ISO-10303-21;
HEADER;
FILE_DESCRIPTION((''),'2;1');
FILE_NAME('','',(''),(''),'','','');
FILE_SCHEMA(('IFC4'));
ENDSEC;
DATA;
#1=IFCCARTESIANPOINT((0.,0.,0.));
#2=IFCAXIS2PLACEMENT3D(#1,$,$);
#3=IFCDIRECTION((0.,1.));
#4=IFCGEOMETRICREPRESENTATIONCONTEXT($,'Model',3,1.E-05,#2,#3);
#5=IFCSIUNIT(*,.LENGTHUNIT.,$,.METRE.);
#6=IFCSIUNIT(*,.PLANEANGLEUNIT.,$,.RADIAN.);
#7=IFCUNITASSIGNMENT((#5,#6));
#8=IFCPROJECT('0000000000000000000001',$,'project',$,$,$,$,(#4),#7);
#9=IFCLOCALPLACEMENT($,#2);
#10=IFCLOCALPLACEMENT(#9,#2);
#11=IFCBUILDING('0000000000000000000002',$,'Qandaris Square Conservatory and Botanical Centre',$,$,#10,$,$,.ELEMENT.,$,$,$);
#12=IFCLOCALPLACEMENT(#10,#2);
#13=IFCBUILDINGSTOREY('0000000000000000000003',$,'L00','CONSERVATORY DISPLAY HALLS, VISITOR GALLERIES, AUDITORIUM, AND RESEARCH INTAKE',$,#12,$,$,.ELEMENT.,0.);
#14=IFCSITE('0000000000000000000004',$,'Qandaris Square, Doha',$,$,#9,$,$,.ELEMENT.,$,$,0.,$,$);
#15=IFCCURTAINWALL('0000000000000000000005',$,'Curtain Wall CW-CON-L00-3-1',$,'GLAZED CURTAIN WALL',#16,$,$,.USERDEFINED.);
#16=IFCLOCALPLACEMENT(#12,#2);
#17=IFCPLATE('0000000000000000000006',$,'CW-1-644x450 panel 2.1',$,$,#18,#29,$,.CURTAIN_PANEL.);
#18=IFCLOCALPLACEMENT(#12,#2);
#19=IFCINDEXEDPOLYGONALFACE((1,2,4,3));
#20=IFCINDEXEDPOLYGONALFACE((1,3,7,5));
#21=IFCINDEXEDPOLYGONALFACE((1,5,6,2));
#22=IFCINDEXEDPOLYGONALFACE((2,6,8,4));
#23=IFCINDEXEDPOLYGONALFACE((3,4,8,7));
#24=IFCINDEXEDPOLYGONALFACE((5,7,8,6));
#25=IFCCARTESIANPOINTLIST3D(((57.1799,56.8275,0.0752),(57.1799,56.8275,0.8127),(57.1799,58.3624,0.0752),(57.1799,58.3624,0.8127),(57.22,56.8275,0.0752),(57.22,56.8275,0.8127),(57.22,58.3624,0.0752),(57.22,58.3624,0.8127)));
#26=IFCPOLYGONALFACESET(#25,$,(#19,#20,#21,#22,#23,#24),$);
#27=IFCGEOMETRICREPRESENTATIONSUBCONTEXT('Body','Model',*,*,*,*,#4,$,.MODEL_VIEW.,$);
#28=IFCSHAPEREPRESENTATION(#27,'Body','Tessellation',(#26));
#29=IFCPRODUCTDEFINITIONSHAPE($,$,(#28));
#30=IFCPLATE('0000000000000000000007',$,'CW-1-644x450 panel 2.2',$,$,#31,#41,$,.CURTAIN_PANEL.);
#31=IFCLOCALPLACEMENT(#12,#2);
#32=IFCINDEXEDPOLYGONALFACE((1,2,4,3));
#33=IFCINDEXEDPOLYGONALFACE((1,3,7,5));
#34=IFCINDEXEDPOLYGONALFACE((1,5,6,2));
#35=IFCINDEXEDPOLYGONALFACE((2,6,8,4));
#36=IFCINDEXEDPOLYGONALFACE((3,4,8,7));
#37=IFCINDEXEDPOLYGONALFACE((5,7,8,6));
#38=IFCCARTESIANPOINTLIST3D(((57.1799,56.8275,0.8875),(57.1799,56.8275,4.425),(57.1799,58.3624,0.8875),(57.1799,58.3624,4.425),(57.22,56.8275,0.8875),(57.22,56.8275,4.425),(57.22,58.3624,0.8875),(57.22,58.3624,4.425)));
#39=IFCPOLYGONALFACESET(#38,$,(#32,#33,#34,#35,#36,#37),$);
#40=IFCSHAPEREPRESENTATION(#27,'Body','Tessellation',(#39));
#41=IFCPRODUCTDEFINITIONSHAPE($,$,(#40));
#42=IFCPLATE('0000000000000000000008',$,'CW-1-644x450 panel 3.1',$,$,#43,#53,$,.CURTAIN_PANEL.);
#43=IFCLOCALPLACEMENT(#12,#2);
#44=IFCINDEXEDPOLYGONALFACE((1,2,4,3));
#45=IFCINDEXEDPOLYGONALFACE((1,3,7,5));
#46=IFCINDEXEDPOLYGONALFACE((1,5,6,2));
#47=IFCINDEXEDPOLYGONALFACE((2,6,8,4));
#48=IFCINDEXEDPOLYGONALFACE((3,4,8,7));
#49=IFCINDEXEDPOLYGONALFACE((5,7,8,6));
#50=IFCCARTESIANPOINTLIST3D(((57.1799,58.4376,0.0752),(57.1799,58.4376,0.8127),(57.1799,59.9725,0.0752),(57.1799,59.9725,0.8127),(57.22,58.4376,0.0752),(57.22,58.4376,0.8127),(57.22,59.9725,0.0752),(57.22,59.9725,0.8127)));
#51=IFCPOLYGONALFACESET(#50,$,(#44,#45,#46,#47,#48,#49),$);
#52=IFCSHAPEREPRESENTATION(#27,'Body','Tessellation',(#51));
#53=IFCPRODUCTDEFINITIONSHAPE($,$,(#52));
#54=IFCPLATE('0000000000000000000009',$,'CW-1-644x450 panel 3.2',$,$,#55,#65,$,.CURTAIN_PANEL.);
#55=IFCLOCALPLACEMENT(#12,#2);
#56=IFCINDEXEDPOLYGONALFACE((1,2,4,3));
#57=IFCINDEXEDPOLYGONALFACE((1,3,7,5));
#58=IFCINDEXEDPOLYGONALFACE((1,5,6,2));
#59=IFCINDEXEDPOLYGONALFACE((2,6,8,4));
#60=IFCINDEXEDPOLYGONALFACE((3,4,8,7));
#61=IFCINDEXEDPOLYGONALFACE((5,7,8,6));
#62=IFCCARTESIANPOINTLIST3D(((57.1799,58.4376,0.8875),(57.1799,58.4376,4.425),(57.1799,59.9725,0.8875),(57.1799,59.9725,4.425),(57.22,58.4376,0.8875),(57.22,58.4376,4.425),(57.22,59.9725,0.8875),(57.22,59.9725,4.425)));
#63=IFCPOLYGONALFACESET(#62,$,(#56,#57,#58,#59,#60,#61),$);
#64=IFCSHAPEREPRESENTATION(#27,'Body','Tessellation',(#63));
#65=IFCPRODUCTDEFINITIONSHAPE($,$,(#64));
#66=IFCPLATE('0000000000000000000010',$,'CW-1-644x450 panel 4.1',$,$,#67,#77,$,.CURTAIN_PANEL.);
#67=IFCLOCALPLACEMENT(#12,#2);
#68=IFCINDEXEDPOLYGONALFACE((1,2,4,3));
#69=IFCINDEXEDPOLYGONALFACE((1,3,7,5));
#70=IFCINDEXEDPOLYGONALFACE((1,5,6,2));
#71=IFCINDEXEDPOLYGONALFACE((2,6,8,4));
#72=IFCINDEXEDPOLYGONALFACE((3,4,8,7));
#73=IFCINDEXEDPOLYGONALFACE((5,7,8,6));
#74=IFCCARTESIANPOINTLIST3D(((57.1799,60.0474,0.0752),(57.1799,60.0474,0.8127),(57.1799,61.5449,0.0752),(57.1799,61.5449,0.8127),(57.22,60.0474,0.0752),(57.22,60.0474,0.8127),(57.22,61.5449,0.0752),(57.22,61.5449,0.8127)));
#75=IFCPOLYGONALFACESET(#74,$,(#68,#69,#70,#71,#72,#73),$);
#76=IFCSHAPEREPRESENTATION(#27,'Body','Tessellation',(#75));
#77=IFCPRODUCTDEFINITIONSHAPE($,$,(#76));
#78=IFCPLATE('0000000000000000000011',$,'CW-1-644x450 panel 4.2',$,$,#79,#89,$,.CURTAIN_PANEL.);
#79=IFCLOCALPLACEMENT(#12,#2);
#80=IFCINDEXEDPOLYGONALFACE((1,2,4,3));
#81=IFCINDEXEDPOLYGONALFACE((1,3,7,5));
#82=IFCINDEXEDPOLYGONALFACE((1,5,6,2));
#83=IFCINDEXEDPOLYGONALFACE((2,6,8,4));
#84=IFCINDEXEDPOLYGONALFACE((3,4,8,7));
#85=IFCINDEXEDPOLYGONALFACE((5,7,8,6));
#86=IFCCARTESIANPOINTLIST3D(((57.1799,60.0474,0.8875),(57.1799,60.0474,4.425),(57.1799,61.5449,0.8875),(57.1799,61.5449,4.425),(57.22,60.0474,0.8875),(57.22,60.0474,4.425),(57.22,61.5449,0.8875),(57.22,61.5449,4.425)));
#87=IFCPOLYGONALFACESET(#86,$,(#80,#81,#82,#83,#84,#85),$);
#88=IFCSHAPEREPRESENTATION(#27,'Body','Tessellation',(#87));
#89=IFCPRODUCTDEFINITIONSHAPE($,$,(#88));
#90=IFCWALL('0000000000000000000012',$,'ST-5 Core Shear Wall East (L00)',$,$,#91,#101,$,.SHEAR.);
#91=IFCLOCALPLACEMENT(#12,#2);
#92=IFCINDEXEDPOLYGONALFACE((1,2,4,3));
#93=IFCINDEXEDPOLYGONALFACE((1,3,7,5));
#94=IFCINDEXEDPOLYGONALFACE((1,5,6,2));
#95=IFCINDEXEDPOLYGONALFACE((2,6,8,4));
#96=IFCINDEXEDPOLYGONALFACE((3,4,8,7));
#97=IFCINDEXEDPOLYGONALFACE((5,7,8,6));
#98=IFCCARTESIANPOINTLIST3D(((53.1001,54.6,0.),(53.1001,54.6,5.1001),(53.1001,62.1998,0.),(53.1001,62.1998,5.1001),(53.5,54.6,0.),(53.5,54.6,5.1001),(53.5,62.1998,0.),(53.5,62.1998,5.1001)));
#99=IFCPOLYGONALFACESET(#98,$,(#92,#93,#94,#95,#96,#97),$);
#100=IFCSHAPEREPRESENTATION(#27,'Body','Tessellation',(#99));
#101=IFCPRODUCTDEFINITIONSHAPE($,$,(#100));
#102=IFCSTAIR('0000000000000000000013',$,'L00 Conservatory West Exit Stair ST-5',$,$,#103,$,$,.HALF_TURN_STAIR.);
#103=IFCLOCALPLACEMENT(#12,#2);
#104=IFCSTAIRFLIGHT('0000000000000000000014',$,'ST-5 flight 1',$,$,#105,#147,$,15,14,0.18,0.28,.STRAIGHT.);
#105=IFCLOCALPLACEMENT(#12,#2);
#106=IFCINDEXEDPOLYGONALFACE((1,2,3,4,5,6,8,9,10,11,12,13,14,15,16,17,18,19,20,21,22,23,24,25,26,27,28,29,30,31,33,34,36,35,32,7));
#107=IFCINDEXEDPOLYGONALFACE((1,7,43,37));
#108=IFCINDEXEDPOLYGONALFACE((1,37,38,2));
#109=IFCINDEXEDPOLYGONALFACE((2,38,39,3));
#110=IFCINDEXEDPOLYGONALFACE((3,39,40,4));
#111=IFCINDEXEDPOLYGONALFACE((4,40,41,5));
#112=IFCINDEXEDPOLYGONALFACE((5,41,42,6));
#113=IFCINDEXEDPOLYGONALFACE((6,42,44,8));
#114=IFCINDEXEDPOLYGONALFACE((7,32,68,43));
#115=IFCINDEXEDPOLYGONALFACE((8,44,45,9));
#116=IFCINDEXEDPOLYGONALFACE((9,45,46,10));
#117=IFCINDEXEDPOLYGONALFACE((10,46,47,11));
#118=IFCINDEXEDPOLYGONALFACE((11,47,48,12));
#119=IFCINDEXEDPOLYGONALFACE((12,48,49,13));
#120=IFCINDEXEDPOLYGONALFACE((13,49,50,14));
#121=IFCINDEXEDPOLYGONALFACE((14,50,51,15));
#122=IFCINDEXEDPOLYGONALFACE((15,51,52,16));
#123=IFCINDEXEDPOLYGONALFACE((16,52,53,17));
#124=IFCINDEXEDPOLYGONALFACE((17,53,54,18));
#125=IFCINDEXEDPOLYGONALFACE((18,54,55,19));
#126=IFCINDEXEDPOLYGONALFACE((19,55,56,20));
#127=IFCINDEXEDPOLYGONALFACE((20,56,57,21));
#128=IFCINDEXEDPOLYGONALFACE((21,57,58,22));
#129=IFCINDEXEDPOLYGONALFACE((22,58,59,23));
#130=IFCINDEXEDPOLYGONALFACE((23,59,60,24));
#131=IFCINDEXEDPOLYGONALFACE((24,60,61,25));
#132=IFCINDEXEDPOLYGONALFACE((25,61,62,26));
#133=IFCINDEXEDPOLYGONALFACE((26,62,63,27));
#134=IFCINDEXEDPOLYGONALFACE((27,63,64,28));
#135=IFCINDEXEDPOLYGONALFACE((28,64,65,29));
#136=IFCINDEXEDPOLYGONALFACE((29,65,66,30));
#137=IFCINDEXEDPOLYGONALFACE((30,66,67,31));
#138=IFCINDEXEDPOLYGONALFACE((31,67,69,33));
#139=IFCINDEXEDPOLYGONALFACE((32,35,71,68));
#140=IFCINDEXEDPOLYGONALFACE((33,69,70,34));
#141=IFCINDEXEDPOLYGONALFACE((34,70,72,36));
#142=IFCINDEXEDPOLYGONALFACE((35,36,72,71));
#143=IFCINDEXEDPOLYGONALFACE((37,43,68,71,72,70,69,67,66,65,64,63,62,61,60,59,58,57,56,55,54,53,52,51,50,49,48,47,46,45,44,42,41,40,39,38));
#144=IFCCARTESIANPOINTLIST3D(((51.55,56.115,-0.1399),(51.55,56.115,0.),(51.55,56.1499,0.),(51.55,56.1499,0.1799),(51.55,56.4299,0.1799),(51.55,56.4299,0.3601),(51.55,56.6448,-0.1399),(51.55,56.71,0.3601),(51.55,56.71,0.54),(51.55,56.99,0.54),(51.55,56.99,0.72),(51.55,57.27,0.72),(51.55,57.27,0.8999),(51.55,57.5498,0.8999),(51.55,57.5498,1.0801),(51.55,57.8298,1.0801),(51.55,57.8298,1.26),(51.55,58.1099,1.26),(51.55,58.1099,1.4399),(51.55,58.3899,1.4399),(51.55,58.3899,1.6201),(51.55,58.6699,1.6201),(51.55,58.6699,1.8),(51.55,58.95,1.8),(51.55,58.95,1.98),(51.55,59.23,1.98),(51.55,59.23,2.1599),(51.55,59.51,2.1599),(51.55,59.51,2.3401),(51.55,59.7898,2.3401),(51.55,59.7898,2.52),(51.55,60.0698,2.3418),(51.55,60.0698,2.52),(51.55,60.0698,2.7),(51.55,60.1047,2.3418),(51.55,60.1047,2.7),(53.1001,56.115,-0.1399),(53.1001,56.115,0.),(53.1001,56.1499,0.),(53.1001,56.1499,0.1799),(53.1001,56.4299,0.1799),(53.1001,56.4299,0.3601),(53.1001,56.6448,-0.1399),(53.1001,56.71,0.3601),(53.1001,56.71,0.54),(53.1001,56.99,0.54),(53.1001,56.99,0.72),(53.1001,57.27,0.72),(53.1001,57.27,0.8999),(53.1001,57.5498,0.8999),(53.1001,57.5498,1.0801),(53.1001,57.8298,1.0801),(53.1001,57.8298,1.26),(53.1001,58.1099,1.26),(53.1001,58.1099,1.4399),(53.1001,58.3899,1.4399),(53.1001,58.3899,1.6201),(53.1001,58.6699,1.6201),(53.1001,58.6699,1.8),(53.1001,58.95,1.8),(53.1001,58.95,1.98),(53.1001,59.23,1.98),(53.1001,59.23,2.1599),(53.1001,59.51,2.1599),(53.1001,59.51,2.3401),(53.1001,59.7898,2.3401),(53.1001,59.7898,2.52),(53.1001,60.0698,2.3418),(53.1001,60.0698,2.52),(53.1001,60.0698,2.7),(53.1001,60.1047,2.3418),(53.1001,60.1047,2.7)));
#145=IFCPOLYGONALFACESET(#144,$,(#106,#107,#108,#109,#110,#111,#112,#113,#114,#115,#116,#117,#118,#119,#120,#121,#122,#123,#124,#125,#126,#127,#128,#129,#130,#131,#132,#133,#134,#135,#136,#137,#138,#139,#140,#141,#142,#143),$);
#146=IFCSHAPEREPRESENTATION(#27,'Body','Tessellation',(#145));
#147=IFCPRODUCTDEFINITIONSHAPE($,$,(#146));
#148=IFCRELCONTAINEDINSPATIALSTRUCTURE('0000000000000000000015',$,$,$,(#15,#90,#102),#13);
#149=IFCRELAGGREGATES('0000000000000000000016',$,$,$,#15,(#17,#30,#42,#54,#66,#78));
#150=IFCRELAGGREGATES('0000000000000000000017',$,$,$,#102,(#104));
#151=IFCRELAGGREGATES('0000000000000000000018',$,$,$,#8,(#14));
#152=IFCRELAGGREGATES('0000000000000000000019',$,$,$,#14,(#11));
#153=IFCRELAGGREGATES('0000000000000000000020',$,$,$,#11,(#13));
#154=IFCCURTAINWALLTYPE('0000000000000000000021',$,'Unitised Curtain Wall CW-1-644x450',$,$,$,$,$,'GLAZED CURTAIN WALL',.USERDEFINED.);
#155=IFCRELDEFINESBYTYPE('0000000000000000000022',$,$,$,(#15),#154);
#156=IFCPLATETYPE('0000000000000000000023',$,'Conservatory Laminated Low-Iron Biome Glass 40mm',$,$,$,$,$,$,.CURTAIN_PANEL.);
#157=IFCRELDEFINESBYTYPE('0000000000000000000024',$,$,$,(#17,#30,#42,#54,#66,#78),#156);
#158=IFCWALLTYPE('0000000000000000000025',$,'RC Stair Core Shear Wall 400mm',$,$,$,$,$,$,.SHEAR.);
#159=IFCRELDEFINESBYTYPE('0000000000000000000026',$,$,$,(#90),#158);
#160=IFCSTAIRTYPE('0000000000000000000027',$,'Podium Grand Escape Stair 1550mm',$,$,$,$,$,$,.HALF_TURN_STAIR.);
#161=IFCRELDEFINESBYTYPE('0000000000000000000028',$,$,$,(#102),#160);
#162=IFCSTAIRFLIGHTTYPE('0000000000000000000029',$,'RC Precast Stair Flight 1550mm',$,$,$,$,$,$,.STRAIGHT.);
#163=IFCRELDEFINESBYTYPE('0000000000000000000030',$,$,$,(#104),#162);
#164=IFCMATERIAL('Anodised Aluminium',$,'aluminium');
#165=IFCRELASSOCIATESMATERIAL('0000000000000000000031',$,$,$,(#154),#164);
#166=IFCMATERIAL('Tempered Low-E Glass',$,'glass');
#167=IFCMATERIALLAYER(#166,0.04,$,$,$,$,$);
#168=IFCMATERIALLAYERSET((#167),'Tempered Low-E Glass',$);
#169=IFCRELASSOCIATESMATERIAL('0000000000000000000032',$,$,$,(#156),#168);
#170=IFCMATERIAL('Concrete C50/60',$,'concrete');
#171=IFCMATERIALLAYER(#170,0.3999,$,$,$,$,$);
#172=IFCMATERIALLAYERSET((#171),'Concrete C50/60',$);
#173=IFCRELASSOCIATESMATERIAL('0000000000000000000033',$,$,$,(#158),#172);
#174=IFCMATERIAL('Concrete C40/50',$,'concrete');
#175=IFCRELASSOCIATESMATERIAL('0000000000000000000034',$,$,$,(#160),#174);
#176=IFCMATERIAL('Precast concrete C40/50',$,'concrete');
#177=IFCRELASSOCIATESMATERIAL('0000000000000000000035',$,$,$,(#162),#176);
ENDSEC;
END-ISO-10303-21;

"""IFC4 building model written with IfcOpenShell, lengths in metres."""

from ifc_helpers import new_model, si_unit, direction, frame, frame_2d, origin, origin_2d, place, context, subcontext, project, spatial, polyline, rectangle, outline, extrude, material, layer, layer_set, type_object, element, aggregate, save


model = new_model("IFC4")

# Units and contexts
model_context = context("Model", 3, precision=1e-05, world=origin(), true_north=direction((0.0, 1.0)))
body_context = subcontext(model_context, "Body", "Model", "MODEL_VIEW")
ifc_project = project(units=[si_unit("LENGTHUNIT", "METRE"), si_unit("PLANEANGLEUNIT", "RADIAN")], contexts=[model_context])

# Site, building, storey
site_placement = place(None, origin())
site = spatial("IfcSite", under=ifc_project, at=site_placement, Name="Qandaris Square, Doha", CompositionType="ELEMENT", RefElevation=0.0)
building_placement = place(site_placement, origin())
building = spatial("IfcBuilding", under=site, at=building_placement, Name="Qandaris Square Conservatory and Botanical Centre", CompositionType="ELEMENT")
storey_placement = place(building_placement, origin())
storey = spatial("IfcBuildingStorey", under=building, at=storey_placement, Name="L00", Description="CONSERVATORY DISPLAY HALLS, VISITOR GALLERIES, AUDITORIUM, AND RESEARCH INTAKE", CompositionType="ELEMENT", Elevation=0.0)

# Shared definitions
ifc_material_1 = material(Name="Concrete C50/60", Category="concrete")

# Shared definitions
ifc_material_2 = material(Name="Anodised Aluminium", Category="aluminium")

# Curtain wall
curtain_wall_type_1 = type_object("IfcCurtainWallType", Name="Unitised Curtain Wall CW-1-644x450", ElementType="GLAZED CURTAIN WALL", PredefinedType="USERDEFINED", material=ifc_material_2)
curtain_wall_1_placement = place(storey_placement, origin())
curtain_wall_1 = element("IfcCurtainWall", 1, at=curtain_wall_1_placement, inside=storey, type_object=curtain_wall_type_1, Name="Curtain Wall CW-CON-L00-3-1", ObjectType="GLAZED CURTAIN WALL", PredefinedType="USERDEFINED")

# Plates
ifc_material_3 = material(Name="Tempered Low-E Glass", Category="glass")
ifc_layer_1 = layer(ifc_material_3, 0.04)
ifc_layer_set_1 = layer_set([ifc_layer_1], Name="Tempered Low-E Glass")
plate_type = type_object("IfcPlateType", Name="Conservatory Laminated Low-Iron Biome Glass 40mm", PredefinedType="CURTAIN_PANEL", material=ifc_layer_set_1)
plate_1_placement = place(storey_placement, frame((57.2, 57.595, 0.0752), z_axis=(0.0, 0.0, 1.0), x_axis=(0.0, 1.0, 0.0)))
plate_1 = element("IfcPlate", 2, at=plate_1_placement, type_object=plate_type, Name="CW-1-644x450 panel 2.1", PredefinedType="CURTAIN_PANEL", context=body_context, shape_type="SweptSolid", body=[
    extrude(rectangle(XDim=1.5349, YDim=0.04, at=origin_2d()), origin(), (0.0, 0.0, 1.0), 0.7375),
])
plate_2_placement = place(storey_placement, frame((57.2, 57.595, 0.8875), z_axis=(0.0, 0.0, 1.0), x_axis=(0.0, 1.0, 0.0)))
plate_2 = element("IfcPlate", 3, at=plate_2_placement, type_object=plate_type, Name="CW-1-644x450 panel 2.2", PredefinedType="CURTAIN_PANEL", context=body_context, shape_type="SweptSolid", body=[
    extrude(rectangle(XDim=1.5349, YDim=0.04, at=origin_2d()), origin(), (0.0, 0.0, 1.0), 3.5376),
])
plate_3_placement = place(storey_placement, frame((57.2, 59.2051, 0.0752), z_axis=(0.0, 0.0, 1.0), x_axis=(0.0, 1.0, 0.0)))
plate_3 = element("IfcPlate", 4, at=plate_3_placement, type_object=plate_type, Name="CW-1-644x450 panel 3.1", PredefinedType="CURTAIN_PANEL", context=body_context, shape_type="SweptSolid", body=[
    extrude(rectangle(XDim=1.5349, YDim=0.04, at=origin_2d()), origin(), (0.0, 0.0, 1.0), 0.7375),
])
plate_4_placement = place(storey_placement, frame((57.2, 59.2051, 0.8875), z_axis=(0.0, 0.0, 1.0), x_axis=(0.0, 1.0, 0.0)))
plate_4 = element("IfcPlate", 5, at=plate_4_placement, type_object=plate_type, Name="CW-1-644x450 panel 3.2", PredefinedType="CURTAIN_PANEL", context=body_context, shape_type="SweptSolid", body=[
    extrude(rectangle(XDim=1.5349, YDim=0.04, at=origin_2d()), origin(), (0.0, 0.0, 1.0), 3.5376),
])
plate_5_placement = place(storey_placement, frame((57.2, 60.7961, 0.0752), z_axis=(0.0, 0.0, 1.0), x_axis=(0.0, 1.0, 0.0)))
plate_5 = element("IfcPlate", 6, at=plate_5_placement, type_object=plate_type, Name="CW-1-644x450 panel 4.1", PredefinedType="CURTAIN_PANEL", context=body_context, shape_type="SweptSolid", body=[
    extrude(rectangle(XDim=1.4976, YDim=0.04, at=origin_2d()), origin(), (0.0, 0.0, 1.0), 0.7375),
])
plate_6_placement = place(storey_placement, frame((57.2, 60.7961, 0.8875), z_axis=(0.0, 0.0, 1.0), x_axis=(0.0, 1.0, 0.0)))
plate_6 = element("IfcPlate", 7, at=plate_6_placement, type_object=plate_type, Name="CW-1-644x450 panel 4.2", PredefinedType="CURTAIN_PANEL", context=body_context, shape_type="SweptSolid", body=[
    extrude(rectangle(XDim=1.4976, YDim=0.04, at=origin_2d()), origin(), (0.0, 0.0, 1.0), 3.5376),
])
aggregate(curtain_wall_1, [plate_1, plate_2, plate_3, plate_4, plate_5, plate_6])

# Wall
ifc_layer_2 = layer(ifc_material_1, 0.3999)
ifc_layer_set_2 = layer_set([ifc_layer_2], Name="Concrete C50/60")
wall_type = type_object("IfcWallType", Name="RC Stair Core Shear Wall 400mm", PredefinedType="SHEAR", material=ifc_layer_set_2)
wall_placement = place(storey_placement, frame((53.3, 54.6001, 0.0), z_axis=(0.0, 0.0, 1.0), x_axis=(0.0, 1.0, 0.0)))
element("IfcWall", 8, at=wall_placement, inside=storey, type_object=wall_type, Name="ST-5 Core Shear Wall East (L00)", PredefinedType="SHEAR", context=body_context, shape_type="SweptSolid", body=[
    extrude(rectangle(XDim=7.5999, YDim=0.3999, at=frame_2d((3.7998, 0.0))), origin(), (0.0, 0.0, 1.0), 5.1001),
])

# Stair, stair flight
ifc_material_4 = material(Name="Concrete C40/50", Category="concrete")
stair_type = type_object("IfcStairType", Name="Podium Grand Escape Stair 1550mm", PredefinedType="HALF_TURN_STAIR", material=ifc_material_4)
stair_placement = place(storey_placement, origin())
stair = element("IfcStair", 9, at=stair_placement, inside=storey, type_object=stair_type, Name="L00 Conservatory West Exit Stair ST-5", PredefinedType="HALF_TURN_STAIR")
ifc_material_5 = material(Name="Precast concrete C40/50", Category="concrete")
stair_flight_type = type_object("IfcStairFlightType", Name="RC Precast Stair Flight 1550mm", PredefinedType="STRAIGHT", material=ifc_material_5)
stair_flight_placement = place(storey_placement, frame((52.325, 56.1499, 0.0), z_axis=(0.0, 0.0, 1.0), x_axis=(0.0, 1.0, 0.0)))
stair_flight = element("IfcStairFlight", 10, at=stair_flight_placement, type_object=stair_flight_type, Name="ST-5 flight 1", NumberOfRisers=15, NumberOfTreads=14, PredefinedType="STRAIGHT", RiserHeight=0.18, TreadLength=0.28, context=body_context, shape_type="SweptSolid", body=[
    extrude(outline(polyline([(-0.0349, 0.0), (0.0, 0.0), (0.0, 0.1799), (0.28, 0.1799), (0.28, 0.3601), (0.5601, 0.3601), (0.5601, 0.54), (0.8401, 0.54), (0.8401, 0.72), (1.1201, 0.72), (1.1201, 0.8999), (1.3999, 0.8999), (1.3999, 1.0801), (1.6799, 1.0801), (1.6799, 1.26), (1.96, 1.26), (1.96, 1.4399), (2.24, 1.4399), (2.24, 1.6201), (2.52, 1.6201), (2.52, 1.8), (2.8, 1.8), (2.8, 1.98), (3.0801, 1.98), (3.0801, 2.1599), (3.3601, 2.1599), (3.3601, 2.3401), (3.6399, 2.3401), (3.6399, 2.52), (3.9199, 2.52), (3.9199, 2.7), (3.9548, 2.7), (3.9548, 2.3418), (3.9199, 2.3418), (0.4949, -0.1399), (-0.0349, -0.1399), (-0.0349, 0.0)])), frame((0.0, 0.7749, 0.0), z_axis=(0.0, -1.0, 0.0), x_axis=(1.0, 0.0, 0.0)), (0.0, 0.0, 1.0), 1.55),
])
aggregate(stair, [stair_flight])

save(model, "model.ifc")
